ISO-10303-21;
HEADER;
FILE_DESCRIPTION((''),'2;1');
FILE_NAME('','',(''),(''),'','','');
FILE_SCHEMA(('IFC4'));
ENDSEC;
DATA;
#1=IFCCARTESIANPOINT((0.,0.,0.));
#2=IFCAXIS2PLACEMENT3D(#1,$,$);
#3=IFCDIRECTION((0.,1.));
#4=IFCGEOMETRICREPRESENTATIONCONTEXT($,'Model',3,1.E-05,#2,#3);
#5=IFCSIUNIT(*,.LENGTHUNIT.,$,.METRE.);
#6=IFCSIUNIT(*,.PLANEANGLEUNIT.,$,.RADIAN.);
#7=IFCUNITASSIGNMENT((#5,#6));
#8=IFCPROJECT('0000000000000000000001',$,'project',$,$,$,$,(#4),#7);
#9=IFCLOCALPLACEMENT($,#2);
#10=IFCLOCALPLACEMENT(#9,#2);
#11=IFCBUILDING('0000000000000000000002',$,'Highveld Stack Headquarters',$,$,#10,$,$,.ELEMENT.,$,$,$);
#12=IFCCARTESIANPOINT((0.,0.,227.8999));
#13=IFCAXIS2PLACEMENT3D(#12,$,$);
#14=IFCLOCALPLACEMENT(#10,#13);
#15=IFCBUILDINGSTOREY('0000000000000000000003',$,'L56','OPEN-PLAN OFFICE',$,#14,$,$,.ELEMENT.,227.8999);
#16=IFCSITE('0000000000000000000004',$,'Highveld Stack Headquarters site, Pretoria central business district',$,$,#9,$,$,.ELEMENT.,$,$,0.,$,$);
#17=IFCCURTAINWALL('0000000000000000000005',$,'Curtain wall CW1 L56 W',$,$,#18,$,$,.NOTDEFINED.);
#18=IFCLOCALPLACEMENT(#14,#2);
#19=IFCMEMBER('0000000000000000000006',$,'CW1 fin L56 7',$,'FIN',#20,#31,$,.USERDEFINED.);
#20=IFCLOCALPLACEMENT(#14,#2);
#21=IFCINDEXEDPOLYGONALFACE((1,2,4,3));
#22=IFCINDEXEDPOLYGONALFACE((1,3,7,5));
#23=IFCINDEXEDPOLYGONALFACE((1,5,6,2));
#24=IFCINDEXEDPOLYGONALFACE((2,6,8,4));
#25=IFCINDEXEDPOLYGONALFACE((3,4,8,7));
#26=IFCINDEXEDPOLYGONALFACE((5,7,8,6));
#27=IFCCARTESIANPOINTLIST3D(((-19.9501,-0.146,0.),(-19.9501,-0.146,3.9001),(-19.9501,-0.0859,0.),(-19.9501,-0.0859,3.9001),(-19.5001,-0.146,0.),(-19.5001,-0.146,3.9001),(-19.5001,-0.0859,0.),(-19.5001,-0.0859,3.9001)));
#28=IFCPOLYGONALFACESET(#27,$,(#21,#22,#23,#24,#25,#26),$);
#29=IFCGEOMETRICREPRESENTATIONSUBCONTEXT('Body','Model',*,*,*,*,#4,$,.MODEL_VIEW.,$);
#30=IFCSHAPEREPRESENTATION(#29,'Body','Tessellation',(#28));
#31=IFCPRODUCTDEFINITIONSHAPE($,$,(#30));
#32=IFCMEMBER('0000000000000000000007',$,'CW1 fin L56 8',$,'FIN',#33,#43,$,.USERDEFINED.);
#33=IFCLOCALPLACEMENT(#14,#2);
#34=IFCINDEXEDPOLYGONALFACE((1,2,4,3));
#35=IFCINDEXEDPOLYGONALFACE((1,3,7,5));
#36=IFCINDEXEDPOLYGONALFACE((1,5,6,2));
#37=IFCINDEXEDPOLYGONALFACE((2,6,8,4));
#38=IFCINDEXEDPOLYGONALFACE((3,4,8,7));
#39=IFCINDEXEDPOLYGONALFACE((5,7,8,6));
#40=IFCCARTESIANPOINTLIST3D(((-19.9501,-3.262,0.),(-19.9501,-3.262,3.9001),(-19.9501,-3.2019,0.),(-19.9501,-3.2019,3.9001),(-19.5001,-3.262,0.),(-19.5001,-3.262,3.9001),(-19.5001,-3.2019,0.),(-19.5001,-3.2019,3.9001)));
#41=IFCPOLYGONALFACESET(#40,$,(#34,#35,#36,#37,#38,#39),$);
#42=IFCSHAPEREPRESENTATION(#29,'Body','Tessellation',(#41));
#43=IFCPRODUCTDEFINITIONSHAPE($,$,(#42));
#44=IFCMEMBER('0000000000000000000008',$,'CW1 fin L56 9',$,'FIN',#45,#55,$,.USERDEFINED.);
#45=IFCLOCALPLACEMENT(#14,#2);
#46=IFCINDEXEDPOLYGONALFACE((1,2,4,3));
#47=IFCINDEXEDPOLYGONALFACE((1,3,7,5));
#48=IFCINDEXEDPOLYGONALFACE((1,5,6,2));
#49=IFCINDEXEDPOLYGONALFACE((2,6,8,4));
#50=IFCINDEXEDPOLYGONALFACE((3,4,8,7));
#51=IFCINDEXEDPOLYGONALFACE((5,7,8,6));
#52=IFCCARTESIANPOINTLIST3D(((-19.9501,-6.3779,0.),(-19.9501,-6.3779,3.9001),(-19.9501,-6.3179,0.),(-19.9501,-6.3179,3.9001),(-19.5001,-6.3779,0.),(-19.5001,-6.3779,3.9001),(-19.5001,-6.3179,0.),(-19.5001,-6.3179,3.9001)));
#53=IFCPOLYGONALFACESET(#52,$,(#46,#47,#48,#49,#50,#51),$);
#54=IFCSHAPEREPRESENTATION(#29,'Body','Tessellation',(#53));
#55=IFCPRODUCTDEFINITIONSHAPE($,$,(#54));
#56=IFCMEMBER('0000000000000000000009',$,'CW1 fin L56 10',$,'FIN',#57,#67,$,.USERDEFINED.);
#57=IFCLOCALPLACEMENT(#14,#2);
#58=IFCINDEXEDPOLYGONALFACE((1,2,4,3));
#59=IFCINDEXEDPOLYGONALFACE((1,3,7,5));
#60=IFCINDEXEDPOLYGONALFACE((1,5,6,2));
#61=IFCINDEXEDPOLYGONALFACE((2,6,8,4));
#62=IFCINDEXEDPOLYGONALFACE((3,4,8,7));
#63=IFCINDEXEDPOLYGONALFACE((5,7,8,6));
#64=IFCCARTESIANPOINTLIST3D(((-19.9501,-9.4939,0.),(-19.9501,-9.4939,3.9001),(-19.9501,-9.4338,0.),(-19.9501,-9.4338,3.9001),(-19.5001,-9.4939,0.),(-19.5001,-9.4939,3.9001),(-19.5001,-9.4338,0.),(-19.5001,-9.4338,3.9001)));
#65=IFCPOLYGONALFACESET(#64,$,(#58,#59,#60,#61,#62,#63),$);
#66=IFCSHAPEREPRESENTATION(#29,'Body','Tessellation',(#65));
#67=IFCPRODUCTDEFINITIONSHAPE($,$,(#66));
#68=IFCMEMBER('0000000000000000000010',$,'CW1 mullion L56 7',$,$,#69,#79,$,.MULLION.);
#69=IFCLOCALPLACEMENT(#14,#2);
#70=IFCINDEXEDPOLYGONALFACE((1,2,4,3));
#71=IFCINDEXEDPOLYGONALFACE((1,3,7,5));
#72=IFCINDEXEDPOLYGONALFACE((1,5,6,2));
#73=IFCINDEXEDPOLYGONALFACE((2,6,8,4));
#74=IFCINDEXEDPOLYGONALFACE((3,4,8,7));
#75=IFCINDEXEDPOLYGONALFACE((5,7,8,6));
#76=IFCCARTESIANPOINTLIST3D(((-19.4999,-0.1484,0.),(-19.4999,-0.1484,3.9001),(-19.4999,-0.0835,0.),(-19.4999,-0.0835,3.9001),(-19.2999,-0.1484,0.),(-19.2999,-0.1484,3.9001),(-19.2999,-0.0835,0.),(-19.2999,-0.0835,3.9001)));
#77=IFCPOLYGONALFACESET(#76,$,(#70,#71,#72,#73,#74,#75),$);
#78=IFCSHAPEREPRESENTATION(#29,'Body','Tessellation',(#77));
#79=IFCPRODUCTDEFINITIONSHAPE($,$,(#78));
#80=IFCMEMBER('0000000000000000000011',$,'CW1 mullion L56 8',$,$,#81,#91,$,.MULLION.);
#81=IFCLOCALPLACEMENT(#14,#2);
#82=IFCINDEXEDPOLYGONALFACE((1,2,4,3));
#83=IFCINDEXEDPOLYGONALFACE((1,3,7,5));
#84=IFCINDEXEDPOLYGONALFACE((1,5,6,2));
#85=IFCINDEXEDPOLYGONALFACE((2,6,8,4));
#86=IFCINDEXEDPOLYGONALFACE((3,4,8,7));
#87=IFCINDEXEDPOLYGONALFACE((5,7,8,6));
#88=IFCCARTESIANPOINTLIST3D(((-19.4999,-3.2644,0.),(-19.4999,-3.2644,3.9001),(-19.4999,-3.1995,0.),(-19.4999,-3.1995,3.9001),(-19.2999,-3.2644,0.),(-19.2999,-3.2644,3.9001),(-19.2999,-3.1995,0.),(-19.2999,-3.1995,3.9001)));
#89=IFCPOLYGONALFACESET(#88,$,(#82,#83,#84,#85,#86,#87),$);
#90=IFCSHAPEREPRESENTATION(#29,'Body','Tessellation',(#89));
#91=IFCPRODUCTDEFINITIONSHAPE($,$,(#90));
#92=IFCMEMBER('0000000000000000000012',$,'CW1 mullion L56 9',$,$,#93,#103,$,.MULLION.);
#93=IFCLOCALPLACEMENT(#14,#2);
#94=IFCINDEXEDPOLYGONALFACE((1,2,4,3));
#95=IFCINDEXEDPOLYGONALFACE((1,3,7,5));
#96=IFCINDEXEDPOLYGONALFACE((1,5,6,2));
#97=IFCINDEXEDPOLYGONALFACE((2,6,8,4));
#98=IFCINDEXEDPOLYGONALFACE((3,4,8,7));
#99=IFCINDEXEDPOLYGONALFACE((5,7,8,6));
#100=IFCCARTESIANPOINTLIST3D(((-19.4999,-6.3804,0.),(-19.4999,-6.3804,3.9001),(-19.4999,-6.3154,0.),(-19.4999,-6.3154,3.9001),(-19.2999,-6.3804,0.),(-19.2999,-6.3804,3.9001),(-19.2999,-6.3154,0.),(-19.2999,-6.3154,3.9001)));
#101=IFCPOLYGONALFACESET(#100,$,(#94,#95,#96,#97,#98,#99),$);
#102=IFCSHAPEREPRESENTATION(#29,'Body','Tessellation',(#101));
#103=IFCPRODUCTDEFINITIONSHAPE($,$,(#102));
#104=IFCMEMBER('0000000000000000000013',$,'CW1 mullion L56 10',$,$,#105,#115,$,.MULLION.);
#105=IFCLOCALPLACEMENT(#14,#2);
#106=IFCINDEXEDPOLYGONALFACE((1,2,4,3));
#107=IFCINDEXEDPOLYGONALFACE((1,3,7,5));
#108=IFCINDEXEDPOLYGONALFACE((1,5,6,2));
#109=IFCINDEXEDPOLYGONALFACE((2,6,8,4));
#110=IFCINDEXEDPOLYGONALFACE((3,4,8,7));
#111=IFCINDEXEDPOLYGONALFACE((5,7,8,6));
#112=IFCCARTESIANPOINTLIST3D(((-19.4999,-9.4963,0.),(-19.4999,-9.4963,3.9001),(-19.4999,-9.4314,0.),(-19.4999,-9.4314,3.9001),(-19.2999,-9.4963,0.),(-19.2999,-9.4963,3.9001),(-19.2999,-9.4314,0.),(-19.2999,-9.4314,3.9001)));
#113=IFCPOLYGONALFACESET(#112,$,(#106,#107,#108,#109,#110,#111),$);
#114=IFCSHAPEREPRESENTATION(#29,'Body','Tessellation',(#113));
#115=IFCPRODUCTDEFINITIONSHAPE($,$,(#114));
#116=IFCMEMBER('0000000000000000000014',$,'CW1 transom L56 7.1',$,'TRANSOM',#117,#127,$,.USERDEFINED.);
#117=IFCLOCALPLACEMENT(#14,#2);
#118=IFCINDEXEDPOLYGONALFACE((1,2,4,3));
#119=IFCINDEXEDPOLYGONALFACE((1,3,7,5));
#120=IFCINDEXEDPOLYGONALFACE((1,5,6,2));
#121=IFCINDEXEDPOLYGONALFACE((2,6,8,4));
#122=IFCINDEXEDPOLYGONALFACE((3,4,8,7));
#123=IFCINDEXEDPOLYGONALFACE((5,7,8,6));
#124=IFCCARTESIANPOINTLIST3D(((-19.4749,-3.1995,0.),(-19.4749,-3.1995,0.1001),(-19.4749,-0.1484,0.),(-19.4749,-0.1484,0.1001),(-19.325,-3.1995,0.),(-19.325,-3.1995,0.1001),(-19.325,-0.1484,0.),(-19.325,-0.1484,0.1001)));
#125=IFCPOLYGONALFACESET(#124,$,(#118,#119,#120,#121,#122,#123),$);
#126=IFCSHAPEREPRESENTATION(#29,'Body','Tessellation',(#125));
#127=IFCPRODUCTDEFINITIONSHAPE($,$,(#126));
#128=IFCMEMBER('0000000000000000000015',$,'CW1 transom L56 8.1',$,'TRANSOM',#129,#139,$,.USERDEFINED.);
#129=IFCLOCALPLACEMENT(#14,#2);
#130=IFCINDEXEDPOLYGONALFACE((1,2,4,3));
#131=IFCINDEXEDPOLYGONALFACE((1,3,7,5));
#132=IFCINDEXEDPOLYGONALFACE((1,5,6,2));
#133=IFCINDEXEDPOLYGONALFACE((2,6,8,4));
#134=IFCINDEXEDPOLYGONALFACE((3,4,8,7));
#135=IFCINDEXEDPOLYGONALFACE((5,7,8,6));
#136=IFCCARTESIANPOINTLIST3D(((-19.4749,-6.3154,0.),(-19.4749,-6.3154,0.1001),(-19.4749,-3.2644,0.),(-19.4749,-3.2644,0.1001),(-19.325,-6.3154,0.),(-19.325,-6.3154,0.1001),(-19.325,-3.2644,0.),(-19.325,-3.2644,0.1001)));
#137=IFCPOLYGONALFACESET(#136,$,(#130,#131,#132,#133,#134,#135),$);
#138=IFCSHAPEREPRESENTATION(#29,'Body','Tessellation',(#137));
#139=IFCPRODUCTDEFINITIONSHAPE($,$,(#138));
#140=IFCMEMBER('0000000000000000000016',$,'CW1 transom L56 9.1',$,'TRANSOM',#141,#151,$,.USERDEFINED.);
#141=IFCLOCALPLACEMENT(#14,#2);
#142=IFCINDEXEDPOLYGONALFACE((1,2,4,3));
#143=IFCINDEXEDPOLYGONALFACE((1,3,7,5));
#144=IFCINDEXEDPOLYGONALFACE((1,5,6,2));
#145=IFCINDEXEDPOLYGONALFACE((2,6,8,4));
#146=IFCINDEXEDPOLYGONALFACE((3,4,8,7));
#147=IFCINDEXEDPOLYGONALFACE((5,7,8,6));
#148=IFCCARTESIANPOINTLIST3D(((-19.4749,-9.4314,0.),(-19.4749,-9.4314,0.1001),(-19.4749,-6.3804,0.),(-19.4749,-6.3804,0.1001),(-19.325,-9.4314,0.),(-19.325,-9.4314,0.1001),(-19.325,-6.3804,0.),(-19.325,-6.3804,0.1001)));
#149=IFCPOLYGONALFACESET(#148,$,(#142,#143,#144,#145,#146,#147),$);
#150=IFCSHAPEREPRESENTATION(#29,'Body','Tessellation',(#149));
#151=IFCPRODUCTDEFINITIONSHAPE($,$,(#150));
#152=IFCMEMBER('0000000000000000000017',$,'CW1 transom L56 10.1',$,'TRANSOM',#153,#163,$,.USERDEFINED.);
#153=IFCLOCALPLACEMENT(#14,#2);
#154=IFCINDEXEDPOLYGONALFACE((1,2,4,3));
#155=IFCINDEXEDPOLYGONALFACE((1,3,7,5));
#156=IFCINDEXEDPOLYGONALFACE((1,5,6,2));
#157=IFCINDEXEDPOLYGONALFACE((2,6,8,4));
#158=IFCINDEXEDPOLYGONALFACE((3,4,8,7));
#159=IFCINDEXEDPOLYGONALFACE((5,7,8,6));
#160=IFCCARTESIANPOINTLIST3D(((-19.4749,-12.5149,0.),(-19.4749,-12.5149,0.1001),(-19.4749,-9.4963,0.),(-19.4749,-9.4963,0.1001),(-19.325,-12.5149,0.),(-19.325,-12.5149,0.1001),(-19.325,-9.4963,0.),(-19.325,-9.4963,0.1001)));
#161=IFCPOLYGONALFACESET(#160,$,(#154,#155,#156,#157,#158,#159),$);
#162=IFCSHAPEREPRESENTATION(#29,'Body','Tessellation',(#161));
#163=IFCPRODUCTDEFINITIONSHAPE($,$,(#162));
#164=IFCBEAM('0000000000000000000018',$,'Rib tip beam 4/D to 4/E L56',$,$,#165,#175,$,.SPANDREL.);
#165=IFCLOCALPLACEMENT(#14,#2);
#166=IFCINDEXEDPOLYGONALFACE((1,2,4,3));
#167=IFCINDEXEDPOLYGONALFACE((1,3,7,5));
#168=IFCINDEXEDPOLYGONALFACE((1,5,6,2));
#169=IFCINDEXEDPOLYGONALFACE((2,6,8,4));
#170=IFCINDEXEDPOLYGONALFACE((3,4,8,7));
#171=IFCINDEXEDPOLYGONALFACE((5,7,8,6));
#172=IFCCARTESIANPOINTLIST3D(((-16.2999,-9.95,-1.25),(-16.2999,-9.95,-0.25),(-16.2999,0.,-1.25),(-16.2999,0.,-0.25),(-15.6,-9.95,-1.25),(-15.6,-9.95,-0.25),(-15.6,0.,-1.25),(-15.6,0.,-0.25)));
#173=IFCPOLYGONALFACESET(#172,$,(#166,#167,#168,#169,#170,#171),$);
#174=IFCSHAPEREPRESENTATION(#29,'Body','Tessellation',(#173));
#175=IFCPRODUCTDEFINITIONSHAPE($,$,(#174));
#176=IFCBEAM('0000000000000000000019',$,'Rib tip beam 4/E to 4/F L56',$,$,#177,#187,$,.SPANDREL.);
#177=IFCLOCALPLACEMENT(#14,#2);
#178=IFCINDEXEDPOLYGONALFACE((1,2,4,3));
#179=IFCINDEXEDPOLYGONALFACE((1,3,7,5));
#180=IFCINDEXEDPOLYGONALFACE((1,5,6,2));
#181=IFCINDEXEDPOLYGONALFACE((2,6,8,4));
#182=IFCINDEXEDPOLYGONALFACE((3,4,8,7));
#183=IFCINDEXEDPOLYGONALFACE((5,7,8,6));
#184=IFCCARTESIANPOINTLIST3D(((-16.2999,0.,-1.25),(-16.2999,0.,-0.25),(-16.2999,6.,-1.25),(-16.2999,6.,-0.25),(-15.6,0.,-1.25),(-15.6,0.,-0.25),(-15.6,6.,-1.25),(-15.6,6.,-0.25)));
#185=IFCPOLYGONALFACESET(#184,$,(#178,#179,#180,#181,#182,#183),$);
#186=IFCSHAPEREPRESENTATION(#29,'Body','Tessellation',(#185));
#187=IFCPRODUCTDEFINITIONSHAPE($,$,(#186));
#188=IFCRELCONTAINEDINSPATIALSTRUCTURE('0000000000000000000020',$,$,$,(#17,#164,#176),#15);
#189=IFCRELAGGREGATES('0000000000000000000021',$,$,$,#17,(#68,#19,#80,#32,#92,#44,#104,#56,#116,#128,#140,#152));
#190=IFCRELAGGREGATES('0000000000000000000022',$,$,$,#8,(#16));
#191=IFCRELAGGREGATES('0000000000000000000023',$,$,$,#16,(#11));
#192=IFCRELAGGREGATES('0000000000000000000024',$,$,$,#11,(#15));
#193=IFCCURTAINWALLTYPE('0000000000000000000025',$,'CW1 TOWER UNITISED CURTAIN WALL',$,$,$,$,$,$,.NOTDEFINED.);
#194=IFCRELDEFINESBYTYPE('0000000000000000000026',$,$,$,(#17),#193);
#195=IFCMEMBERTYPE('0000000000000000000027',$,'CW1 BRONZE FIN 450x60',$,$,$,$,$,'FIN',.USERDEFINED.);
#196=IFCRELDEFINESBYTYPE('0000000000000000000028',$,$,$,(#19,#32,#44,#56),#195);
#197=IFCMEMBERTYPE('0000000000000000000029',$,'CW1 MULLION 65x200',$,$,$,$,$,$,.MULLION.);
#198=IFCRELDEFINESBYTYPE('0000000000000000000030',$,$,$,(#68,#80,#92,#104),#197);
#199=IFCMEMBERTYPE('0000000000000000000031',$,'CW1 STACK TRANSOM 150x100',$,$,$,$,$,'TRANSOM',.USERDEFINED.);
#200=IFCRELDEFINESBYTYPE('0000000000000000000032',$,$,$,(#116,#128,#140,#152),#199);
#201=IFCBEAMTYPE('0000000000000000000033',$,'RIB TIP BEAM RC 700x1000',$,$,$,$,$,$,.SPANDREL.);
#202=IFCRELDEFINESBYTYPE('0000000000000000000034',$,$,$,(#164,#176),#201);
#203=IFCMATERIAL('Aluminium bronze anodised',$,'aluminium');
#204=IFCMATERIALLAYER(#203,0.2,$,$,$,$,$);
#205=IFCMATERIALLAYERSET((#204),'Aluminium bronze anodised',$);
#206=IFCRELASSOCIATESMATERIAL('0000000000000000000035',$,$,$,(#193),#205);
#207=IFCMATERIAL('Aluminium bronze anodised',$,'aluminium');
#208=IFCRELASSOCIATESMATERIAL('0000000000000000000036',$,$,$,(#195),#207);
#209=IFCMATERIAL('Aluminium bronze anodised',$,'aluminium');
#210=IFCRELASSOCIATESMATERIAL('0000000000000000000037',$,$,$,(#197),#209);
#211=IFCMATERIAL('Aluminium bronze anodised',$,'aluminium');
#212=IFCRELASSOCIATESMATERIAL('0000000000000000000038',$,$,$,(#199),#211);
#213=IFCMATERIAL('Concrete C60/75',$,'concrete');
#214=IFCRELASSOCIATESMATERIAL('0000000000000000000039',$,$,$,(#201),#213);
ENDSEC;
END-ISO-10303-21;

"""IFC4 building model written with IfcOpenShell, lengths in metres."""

from ifc_helpers import new_model, si_unit, direction, frame, origin, origin_2d, place, context, subcontext, project, spatial, rectangle, extrude, material, layer, layer_set, material_profile, profile_set, type_object, element, aggregate, save


model = new_model("IFC4")

# Units and contexts
model_context = context("Model", 3, precision=1e-05, world=origin(), true_north=direction((0.0, 1.0)))
body_context = subcontext(model_context, "Body", "Model", "MODEL_VIEW")
ifc_project = project(units=[si_unit("LENGTHUNIT", "METRE"), si_unit("PLANEANGLEUNIT", "RADIAN")], contexts=[model_context])

# Site, building, storey
site_placement = place(None, origin())
site = spatial("IfcSite", under=ifc_project, at=site_placement, Name="Highveld Stack Headquarters site, Pretoria central business district", CompositionType="ELEMENT", RefElevation=0.0)
building_placement = place(site_placement, origin())
building = spatial("IfcBuilding", under=site, at=building_placement, Name="Highveld Stack Headquarters", CompositionType="ELEMENT")
storey_placement = place(building_placement, frame((0.0, 0.0, 227.8999)))
storey = spatial("IfcBuildingStorey", under=building, at=storey_placement, Name="L56", Description="OPEN-PLAN OFFICE", CompositionType="ELEMENT", Elevation=227.8999)

# Curtain wall, members
ifc_material_1 = material(Name="Aluminium bronze anodised", Category="aluminium")
ifc_layer_1 = layer(ifc_material_1, 0.2)
ifc_layer_set_1 = layer_set([ifc_layer_1], Name="Aluminium bronze anodised")
curtain_wall_type = type_object("IfcCurtainWallType", Name="CW1 TOWER UNITISED CURTAIN WALL", PredefinedType="NOTDEFINED", material=ifc_layer_set_1)
curtain_wall_placement = place(storey_placement, origin())
curtain_wall = element("IfcCurtainWall", 1, at=curtain_wall_placement, inside=storey, type_object=curtain_wall_type, Name="Curtain wall CW1 L56 W", PredefinedType="NOTDEFINED")
ifc_material_2 = material(Name="Aluminium bronze anodised", Category="aluminium")
ifc_material_profile_1 = material_profile(ifc_material_2, rectangle(XDim=0.45, YDim=0.0601, at=origin_2d()), Name="FIN 450x60")
ifc_profile_set_1 = profile_set([ifc_material_profile_1], Name="Aluminium bronze anodised")
member_type_1 = type_object("IfcMemberType", Name="CW1 BRONZE FIN 450x60", ElementType="FIN", PredefinedType="USERDEFINED", material=ifc_profile_set_1)
member_1_placement = place(storey_placement, frame((-19.7251, -0.116, 0.0), z_axis=(0.0, 0.0, 1.0), x_axis=(1.0, 0.0, 0.0)))
member_1 = element("IfcMember", 2, at=member_1_placement, type_object=member_type_1, Name="CW1 fin L56 7", ObjectType="FIN", PredefinedType="USERDEFINED", context=body_context, shape_type="SweptSolid", body=[
    extrude(rectangle(XDim=0.45, YDim=0.0601, at=origin_2d()), origin(), (0.0, 0.0, 1.0), 3.9001),
])
member_2_placement = place(storey_placement, frame((-19.7251, -3.2319, 0.0), z_axis=(0.0, 0.0, 1.0), x_axis=(1.0, 0.0, 0.0)))
member_2 = element("IfcMember", 3, at=member_2_placement, type_object=member_type_1, Name="CW1 fin L56 8", ObjectType="FIN", PredefinedType="USERDEFINED", context=body_context, shape_type="SweptSolid", body=[
    extrude(rectangle(XDim=0.45, YDim=0.0601, at=origin_2d()), origin(), (0.0, 0.0, 1.0), 3.9001),
])
member_3_placement = place(storey_placement, frame((-19.7251, -6.3479, 0.0), z_axis=(0.0, 0.0, 1.0), x_axis=(1.0, 0.0, 0.0)))
member_3 = element("IfcMember", 4, at=member_3_placement, type_object=member_type_1, Name="CW1 fin L56 9", ObjectType="FIN", PredefinedType="USERDEFINED", context=body_context, shape_type="SweptSolid", body=[
    extrude(rectangle(XDim=0.45, YDim=0.0601, at=origin_2d()), origin(), (0.0, 0.0, 1.0), 3.9001),
])
member_4_placement = place(storey_placement, frame((-19.7251, -9.4639, 0.0), z_axis=(0.0, 0.0, 1.0), x_axis=(1.0, 0.0, 0.0)))
member_4 = element("IfcMember", 5, at=member_4_placement, type_object=member_type_1, Name="CW1 fin L56 10", ObjectType="FIN", PredefinedType="USERDEFINED", context=body_context, shape_type="SweptSolid", body=[
    extrude(rectangle(XDim=0.45, YDim=0.0601, at=origin_2d()), origin(), (0.0, 0.0, 1.0), 3.9001),
])
ifc_material_3 = material(Name="Aluminium bronze anodised", Category="aluminium")
ifc_material_profile_2 = material_profile(ifc_material_3, rectangle(XDim=0.2, YDim=0.0649, at=origin_2d()), Name="CW1 MULLION 65x200")
ifc_profile_set_2 = profile_set([ifc_material_profile_2], Name="Aluminium bronze anodised")
member_type_2 = type_object("IfcMemberType", Name="CW1 MULLION 65x200", PredefinedType="MULLION", material=ifc_profile_set_2)
member_5_placement = place(storey_placement, frame((-19.3999, -0.116, 0.0), z_axis=(0.0, 0.0, 1.0), x_axis=(1.0, 0.0, 0.0)))
member_5 = element("IfcMember", 6, at=member_5_placement, type_object=member_type_2, Name="CW1 mullion L56 7", PredefinedType="MULLION", context=body_context, shape_type="SweptSolid", body=[
    extrude(rectangle(XDim=0.2, YDim=0.0649, at=origin_2d()), origin(), (0.0, 0.0, 1.0), 3.9001),
])
member_6_placement = place(storey_placement, frame((-19.3999, -3.2319, 0.0), z_axis=(0.0, 0.0, 1.0), x_axis=(1.0, 0.0, 0.0)))
member_6 = element("IfcMember", 7, at=member_6_placement, type_object=member_type_2, Name="CW1 mullion L56 8", PredefinedType="MULLION", context=body_context, shape_type="SweptSolid", body=[
    extrude(rectangle(XDim=0.2, YDim=0.0649, at=origin_2d()), origin(), (0.0, 0.0, 1.0), 3.9001),
])
member_7_placement = place(storey_placement, frame((-19.3999, -6.3479, 0.0), z_axis=(0.0, 0.0, 1.0), x_axis=(1.0, 0.0, 0.0)))
member_7 = element("IfcMember", 8, at=member_7_placement, type_object=member_type_2, Name="CW1 mullion L56 9", PredefinedType="MULLION", context=body_context, shape_type="SweptSolid", body=[
    extrude(rectangle(XDim=0.2, YDim=0.0649, at=origin_2d()), origin(), (0.0, 0.0, 1.0), 3.9001),
])
member_8_placement = place(storey_placement, frame((-19.3999, -9.4639, 0.0), z_axis=(0.0, 0.0, 1.0), x_axis=(1.0, 0.0, 0.0)))
member_8 = element("IfcMember", 9, at=member_8_placement, type_object=member_type_2, Name="CW1 mullion L56 10", PredefinedType="MULLION", context=body_context, shape_type="SweptSolid", body=[
    extrude(rectangle(XDim=0.2, YDim=0.0649, at=origin_2d()), origin(), (0.0, 0.0, 1.0), 3.9001),
])
ifc_material_4 = material(Name="Aluminium bronze anodised", Category="aluminium")
ifc_material_profile_3 = material_profile(ifc_material_4, rectangle(XDim=0.1499, YDim=0.1001, at=origin_2d()), Name="CW1 TRANSOM 150x100")
ifc_profile_set_3 = profile_set([ifc_material_profile_3], Name="Aluminium bronze anodised")
member_type_3 = type_object("IfcMemberType", Name="CW1 STACK TRANSOM 150x100", ElementType="TRANSOM", PredefinedType="USERDEFINED", material=ifc_profile_set_3)
member_9_placement = place(storey_placement, frame((-19.3999, -0.1484, 0.05), z_axis=(0.0, -1.0, 0.0), x_axis=(1.0, 0.0, 0.0)))
member_9 = element("IfcMember", 10, at=member_9_placement, type_object=member_type_3, Name="CW1 transom L56 7.1", ObjectType="TRANSOM", PredefinedType="USERDEFINED", context=body_context, shape_type="SweptSolid", body=[
    extrude(rectangle(XDim=0.1499, YDim=0.1001, at=origin_2d()), origin(), (0.0, 0.0, 1.0), 3.051),
])
member_10_placement = place(storey_placement, frame((-19.3999, -3.2644, 0.05), z_axis=(0.0, -1.0, 0.0), x_axis=(1.0, 0.0, 0.0)))
member_10 = element("IfcMember", 11, at=member_10_placement, type_object=member_type_3, Name="CW1 transom L56 8.1", ObjectType="TRANSOM", PredefinedType="USERDEFINED", context=body_context, shape_type="SweptSolid", body=[
    extrude(rectangle(XDim=0.1499, YDim=0.1001, at=origin_2d()), origin(), (0.0, 0.0, 1.0), 3.051),
])
member_11_placement = place(storey_placement, frame((-19.3999, -6.3804, 0.05), z_axis=(0.0, -1.0, 0.0), x_axis=(1.0, 0.0, 0.0)))
member_11 = element("IfcMember", 12, at=member_11_placement, type_object=member_type_3, Name="CW1 transom L56 9.1", ObjectType="TRANSOM", PredefinedType="USERDEFINED", context=body_context, shape_type="SweptSolid", body=[
    extrude(rectangle(XDim=0.1499, YDim=0.1001, at=origin_2d()), origin(), (0.0, 0.0, 1.0), 3.051),
])
member_12_placement = place(storey_placement, frame((-19.3999, -9.4963, 0.05), z_axis=(0.0, -1.0, 0.0), x_axis=(1.0, 0.0, 0.0)))
member_12 = element("IfcMember", 13, at=member_12_placement, type_object=member_type_3, Name="CW1 transom L56 10.1", ObjectType="TRANSOM", PredefinedType="USERDEFINED", context=body_context, shape_type="SweptSolid", body=[
    extrude(rectangle(XDim=0.1499, YDim=0.1001, at=origin_2d()), origin(), (0.0, 0.0, 1.0), 3.0186),
])

# Beams
ifc_material_5 = material(Name="Concrete C60/75", Category="concrete")
ifc_material_profile_4 = material_profile(ifc_material_5, rectangle(XDim=0.7, YDim=1.0, at=origin_2d()), Name="RC 700x1000")
ifc_profile_set_4 = profile_set([ifc_material_profile_4], Name="Concrete C60/75")
beam_type = type_object("IfcBeamType", Name="RIB TIP BEAM RC 700x1000", PredefinedType="SPANDREL", material=ifc_profile_set_4)
beam_1_placement = place(storey_placement, frame((-15.95, -9.95, -0.75), z_axis=(0.0, 1.0, 0.0), x_axis=(-1.0, 0.0, 0.0)))
element("IfcBeam", 14, at=beam_1_placement, inside=storey, type_object=beam_type, Name="Rib tip beam 4/D to 4/E L56", PredefinedType="SPANDREL", context=body_context, shape_type="SweptSolid", body=[
    extrude(rectangle(XDim=0.7, YDim=1.0, at=origin_2d()), origin(), (0.0, 0.0, 1.0), 9.95),
])
beam_2_placement = place(storey_placement, frame((-15.95, 0.0, -0.75), z_axis=(0.0, 1.0, 0.0), x_axis=(-1.0, 0.0, 0.0)))
element("IfcBeam", 15, at=beam_2_placement, inside=storey, type_object=beam_type, Name="Rib tip beam 4/E to 4/F L56", PredefinedType="SPANDREL", context=body_context, shape_type="SweptSolid", body=[
    extrude(rectangle(XDim=0.7, YDim=1.0, at=origin_2d()), origin(), (0.0, 0.0, 1.0), 6.0),
])

aggregate(curtain_wall, [member_5, member_1, member_6, member_2, member_7, member_3, member_8, member_4, member_9, member_10, member_11, member_12])

save(model, "model.ifc")
